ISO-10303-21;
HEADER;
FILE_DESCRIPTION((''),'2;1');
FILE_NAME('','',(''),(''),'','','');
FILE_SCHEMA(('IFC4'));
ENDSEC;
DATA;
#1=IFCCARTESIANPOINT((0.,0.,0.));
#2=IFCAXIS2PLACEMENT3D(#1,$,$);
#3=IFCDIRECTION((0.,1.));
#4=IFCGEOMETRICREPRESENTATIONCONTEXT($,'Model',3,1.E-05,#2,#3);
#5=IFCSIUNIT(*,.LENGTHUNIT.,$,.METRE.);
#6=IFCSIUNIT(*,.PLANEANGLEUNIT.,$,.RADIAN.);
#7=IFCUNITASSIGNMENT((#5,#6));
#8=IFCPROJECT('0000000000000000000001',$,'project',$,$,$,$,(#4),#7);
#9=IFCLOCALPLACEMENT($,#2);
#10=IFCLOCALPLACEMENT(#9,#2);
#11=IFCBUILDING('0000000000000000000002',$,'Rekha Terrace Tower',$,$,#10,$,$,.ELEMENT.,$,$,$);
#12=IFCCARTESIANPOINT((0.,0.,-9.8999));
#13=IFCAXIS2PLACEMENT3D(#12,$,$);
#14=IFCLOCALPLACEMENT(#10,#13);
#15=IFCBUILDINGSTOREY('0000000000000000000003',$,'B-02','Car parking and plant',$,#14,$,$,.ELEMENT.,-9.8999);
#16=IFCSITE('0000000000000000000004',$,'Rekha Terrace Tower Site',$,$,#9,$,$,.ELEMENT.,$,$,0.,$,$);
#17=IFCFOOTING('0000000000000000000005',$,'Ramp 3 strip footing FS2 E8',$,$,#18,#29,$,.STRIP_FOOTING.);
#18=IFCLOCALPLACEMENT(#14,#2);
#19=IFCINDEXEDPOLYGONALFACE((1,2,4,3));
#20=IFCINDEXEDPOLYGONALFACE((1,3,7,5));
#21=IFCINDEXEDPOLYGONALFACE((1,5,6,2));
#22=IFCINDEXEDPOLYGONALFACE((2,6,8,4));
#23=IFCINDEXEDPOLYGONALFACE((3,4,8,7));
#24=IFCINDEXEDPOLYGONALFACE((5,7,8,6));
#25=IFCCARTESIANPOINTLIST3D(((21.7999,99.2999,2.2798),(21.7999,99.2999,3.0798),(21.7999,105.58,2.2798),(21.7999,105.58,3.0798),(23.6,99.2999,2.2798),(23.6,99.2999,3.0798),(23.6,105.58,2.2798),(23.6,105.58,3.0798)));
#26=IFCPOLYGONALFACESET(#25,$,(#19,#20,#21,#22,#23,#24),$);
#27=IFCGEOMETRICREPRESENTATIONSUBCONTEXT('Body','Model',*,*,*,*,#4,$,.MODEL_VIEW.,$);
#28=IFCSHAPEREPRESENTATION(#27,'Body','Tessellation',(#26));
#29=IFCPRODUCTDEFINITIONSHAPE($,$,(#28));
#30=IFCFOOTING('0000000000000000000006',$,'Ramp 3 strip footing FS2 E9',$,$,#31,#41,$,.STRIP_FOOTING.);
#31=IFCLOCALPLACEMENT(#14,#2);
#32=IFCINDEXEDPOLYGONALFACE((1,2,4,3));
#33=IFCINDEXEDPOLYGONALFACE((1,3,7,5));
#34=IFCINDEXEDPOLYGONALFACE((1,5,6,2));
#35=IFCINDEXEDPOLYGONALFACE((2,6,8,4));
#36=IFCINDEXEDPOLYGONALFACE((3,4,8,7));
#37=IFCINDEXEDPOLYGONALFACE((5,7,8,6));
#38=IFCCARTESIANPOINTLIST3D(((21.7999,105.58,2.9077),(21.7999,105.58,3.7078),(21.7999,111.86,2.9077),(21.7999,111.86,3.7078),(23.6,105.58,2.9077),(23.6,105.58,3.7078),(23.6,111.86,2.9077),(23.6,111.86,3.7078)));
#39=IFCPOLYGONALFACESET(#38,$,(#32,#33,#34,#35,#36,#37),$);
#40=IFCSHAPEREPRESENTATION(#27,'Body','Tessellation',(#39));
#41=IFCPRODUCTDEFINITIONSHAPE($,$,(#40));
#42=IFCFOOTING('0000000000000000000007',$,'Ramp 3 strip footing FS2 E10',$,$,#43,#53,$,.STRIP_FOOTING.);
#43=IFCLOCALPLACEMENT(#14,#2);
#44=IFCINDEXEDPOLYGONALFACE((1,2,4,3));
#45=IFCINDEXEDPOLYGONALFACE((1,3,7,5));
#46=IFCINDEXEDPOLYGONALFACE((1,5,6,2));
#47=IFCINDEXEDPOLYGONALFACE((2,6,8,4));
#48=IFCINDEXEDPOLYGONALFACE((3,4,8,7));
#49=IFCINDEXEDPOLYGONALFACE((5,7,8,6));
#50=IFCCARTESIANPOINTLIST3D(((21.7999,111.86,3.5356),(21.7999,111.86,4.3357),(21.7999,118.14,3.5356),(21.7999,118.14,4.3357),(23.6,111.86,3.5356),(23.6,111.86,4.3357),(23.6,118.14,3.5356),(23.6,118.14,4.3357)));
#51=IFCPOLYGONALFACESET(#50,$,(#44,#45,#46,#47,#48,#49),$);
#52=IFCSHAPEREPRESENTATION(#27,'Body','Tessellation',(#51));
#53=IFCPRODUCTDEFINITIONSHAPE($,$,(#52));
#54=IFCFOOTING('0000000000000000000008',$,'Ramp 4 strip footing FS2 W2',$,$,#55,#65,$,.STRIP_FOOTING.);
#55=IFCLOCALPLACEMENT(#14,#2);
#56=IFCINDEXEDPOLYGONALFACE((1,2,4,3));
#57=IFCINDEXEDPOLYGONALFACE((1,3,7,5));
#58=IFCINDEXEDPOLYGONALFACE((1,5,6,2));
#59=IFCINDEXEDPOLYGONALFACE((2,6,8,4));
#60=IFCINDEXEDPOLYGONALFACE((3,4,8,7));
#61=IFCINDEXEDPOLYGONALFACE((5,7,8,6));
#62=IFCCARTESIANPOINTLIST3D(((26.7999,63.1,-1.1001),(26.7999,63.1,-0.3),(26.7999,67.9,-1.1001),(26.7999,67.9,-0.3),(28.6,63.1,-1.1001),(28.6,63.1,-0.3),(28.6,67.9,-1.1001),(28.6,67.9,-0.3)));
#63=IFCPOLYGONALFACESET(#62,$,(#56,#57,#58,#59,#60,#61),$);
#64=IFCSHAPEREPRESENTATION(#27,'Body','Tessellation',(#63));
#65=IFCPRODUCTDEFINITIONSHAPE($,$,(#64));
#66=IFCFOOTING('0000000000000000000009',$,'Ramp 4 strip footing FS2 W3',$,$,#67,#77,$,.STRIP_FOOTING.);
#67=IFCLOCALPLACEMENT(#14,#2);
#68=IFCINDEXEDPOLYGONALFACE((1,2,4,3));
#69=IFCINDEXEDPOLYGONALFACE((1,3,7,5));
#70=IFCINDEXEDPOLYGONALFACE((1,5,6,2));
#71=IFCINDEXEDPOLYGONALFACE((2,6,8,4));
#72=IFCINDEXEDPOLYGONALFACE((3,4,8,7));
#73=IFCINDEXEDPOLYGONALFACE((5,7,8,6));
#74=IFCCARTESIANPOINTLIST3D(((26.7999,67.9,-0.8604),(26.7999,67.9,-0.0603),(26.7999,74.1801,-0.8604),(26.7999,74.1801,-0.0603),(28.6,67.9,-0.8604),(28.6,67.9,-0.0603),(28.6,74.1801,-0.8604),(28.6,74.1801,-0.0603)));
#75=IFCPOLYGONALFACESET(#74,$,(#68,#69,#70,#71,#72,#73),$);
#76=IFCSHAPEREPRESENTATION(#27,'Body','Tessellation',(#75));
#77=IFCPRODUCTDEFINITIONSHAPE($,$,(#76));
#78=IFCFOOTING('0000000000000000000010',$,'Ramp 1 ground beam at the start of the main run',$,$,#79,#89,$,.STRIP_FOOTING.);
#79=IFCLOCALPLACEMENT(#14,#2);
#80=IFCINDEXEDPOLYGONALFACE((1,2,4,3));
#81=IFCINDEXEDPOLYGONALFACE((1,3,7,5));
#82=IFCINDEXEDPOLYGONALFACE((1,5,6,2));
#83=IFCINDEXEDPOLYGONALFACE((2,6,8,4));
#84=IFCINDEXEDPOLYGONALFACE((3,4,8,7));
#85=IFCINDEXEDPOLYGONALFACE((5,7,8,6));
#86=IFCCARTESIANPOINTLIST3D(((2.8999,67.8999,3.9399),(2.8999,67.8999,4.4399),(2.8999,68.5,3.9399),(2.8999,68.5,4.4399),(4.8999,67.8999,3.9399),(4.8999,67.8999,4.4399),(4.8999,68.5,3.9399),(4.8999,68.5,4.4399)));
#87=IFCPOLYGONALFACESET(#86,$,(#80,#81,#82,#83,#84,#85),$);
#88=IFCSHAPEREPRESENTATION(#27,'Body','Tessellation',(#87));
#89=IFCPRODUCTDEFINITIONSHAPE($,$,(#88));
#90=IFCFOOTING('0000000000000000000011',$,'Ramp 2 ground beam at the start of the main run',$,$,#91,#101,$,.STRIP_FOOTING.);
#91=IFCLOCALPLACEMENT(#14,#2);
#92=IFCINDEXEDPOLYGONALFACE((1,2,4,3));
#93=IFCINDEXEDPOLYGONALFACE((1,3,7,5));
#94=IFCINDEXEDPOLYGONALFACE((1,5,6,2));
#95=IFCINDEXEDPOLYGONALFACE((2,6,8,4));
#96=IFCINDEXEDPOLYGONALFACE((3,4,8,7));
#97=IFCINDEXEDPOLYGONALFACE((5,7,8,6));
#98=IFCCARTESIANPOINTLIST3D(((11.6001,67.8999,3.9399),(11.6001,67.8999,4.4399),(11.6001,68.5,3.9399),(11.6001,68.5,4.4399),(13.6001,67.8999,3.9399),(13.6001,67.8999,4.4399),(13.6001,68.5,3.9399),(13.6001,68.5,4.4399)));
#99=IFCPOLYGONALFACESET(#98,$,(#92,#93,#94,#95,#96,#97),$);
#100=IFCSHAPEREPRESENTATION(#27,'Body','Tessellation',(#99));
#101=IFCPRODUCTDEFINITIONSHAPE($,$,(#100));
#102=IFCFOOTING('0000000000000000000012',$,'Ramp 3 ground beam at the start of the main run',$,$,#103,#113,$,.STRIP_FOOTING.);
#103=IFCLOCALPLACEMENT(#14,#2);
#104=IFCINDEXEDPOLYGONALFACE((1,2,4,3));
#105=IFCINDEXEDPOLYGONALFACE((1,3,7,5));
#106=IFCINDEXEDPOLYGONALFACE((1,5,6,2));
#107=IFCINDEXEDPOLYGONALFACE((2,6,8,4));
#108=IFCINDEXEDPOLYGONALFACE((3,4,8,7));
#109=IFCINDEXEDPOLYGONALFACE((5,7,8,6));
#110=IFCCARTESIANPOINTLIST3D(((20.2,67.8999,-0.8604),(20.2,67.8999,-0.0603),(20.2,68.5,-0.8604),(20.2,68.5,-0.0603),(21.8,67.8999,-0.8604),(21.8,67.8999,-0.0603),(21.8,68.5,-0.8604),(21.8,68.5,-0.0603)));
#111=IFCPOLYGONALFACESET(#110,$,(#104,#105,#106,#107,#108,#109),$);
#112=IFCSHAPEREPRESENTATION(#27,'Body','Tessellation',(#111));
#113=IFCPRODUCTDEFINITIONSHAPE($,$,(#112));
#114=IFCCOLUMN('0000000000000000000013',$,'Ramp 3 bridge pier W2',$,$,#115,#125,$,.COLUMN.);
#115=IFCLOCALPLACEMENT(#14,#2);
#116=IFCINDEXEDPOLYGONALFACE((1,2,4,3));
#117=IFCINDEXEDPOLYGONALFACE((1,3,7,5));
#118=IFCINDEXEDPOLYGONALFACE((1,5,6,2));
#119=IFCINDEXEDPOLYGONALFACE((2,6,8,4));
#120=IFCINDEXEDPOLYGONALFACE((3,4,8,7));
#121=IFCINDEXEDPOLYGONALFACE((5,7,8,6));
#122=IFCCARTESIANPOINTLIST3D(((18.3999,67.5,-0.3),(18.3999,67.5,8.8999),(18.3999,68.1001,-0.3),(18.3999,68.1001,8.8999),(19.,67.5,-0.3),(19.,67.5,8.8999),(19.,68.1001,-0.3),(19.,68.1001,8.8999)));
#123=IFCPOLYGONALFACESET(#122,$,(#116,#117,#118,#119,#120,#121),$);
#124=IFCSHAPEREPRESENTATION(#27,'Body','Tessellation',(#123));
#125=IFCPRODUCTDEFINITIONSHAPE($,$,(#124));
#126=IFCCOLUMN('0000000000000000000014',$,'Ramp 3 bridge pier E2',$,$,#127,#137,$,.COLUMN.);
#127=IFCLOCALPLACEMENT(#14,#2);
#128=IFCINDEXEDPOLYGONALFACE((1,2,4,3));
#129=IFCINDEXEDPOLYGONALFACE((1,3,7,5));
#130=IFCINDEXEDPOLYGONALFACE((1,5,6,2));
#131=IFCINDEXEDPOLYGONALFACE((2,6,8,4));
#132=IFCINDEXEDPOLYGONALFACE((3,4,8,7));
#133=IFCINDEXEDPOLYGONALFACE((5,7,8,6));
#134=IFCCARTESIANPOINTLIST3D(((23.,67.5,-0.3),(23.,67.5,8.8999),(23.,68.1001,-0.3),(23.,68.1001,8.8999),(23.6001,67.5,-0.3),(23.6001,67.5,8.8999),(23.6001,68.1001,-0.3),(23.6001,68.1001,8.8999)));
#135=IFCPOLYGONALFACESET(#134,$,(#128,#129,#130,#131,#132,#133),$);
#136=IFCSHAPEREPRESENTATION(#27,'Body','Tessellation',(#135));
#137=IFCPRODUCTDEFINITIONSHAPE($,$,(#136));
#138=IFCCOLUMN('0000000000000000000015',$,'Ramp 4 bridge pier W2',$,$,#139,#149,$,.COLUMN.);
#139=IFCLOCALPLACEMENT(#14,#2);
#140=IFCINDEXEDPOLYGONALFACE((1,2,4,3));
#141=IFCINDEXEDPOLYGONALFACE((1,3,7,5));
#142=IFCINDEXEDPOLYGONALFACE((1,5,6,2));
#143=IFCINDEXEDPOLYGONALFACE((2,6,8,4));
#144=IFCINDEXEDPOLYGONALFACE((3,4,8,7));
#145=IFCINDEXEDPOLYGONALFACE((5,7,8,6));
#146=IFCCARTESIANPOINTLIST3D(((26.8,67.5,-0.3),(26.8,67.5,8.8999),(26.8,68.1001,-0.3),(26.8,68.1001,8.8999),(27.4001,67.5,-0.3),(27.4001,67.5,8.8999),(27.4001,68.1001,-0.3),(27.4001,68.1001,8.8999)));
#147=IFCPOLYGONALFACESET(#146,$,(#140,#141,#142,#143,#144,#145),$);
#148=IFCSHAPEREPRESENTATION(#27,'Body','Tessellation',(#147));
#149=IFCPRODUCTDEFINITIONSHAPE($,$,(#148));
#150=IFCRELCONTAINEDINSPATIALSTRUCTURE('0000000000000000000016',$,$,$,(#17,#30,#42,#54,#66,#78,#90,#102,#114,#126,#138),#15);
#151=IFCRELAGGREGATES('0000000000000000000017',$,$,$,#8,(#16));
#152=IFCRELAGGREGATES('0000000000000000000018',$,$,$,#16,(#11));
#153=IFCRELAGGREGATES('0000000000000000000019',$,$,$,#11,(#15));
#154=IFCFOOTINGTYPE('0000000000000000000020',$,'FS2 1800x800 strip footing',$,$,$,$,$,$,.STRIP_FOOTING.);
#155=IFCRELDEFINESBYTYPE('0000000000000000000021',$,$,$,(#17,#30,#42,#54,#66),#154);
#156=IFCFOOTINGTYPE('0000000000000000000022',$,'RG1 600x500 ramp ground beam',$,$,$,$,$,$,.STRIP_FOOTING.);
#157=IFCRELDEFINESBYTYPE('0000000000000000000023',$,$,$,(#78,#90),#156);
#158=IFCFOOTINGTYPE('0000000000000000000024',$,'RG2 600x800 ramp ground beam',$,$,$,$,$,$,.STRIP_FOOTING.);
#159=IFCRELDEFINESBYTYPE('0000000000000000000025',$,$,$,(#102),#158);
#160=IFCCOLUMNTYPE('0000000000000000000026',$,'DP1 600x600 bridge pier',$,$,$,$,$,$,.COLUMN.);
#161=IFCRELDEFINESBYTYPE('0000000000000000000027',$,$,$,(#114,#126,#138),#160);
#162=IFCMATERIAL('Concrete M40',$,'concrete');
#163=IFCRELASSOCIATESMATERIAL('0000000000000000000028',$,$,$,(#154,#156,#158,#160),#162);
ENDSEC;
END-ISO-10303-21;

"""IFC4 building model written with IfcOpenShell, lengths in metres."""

from ifc_helpers import new_model, si_unit, direction, frame, origin, origin_2d, place, context, subcontext, project, spatial, rectangle, extrude, material, material_profile, profile_set, type_object, element, save


model = new_model("IFC4")

# Units and contexts
model_context = context("Model", 3, precision=1e-05, world=origin(), true_north=direction((0.0, 1.0)))
body_context = subcontext(model_context, "Body", "Model", "MODEL_VIEW")
ifc_project = project(units=[si_unit("LENGTHUNIT", "METRE"), si_unit("PLANEANGLEUNIT", "RADIAN")], contexts=[model_context])

# Site, building, storey
site_placement = place(None, origin())
site = spatial("IfcSite", under=ifc_project, at=site_placement, Name="Rekha Terrace Tower Site", CompositionType="ELEMENT", RefElevation=0.0)
building_placement = place(site_placement, origin())
building = spatial("IfcBuilding", under=site, at=building_placement, Name="Rekha Terrace Tower", CompositionType="ELEMENT")
storey_placement = place(building_placement, frame((0.0, 0.0, -9.8999)))
storey = spatial("IfcBuildingStorey", under=building, at=storey_placement, Name="B-02", Description="Car parking and plant", CompositionType="ELEMENT", Elevation=-9.8999)

# Footings
ifc_material = material(Name="Concrete M40", Category="concrete")
footing_type_1 = type_object("IfcFootingType", Name="FS2 1800x800 strip footing", PredefinedType="STRIP_FOOTING", material=ifc_material)
for number, where, z_axis, x_axis, name in (
    (1, (22.7, 102.4399, 2.2798), (0.0, 0.0, 1.0), (1.0, 0.0, 0.0), "Ramp 3 strip footing FS2 E8"),
    (2, (22.7, 108.72, 2.9077), (0.0, 0.0, 1.0), (1.0, 0.0, 0.0), "Ramp 3 strip footing FS2 E9"),
    (3, (22.7, 115.0, 3.5356), (0.0, 0.0, 1.0), (1.0, 0.0, 0.0), "Ramp 3 strip footing FS2 E10"),
):
    element("IfcFooting", number, at=place(storey_placement, frame(where, z_axis=z_axis, x_axis=x_axis)), inside=storey, type_object=footing_type_1, Name=name, PredefinedType="STRIP_FOOTING", context=body_context, shape_type="SweptSolid", body=[
        extrude(rectangle(XDim=1.8, YDim=6.28, at=origin_2d()), origin(), (0.0, 0.0, 1.0), 0.8),
    ])
footing_1_placement = place(storey_placement, frame((27.7, 65.5, -1.1001), z_axis=(0.0, 0.0, 1.0), x_axis=(1.0, 0.0, 0.0)))
element("IfcFooting", 4, at=footing_1_placement, inside=storey, type_object=footing_type_1, Name="Ramp 4 strip footing FS2 W2", PredefinedType="STRIP_FOOTING", context=body_context, shape_type="SweptSolid", body=[
    extrude(rectangle(XDim=1.8, YDim=4.8, at=origin_2d()), origin(), (0.0, 0.0, 1.0), 0.8),
])
footing_2_placement = place(storey_placement, frame((27.7, 71.04, -0.8604), z_axis=(0.0, 0.0, 1.0), x_axis=(1.0, 0.0, 0.0)))
element("IfcFooting", 5, at=footing_2_placement, inside=storey, type_object=footing_type_1, Name="Ramp 4 strip footing FS2 W3", PredefinedType="STRIP_FOOTING", context=body_context, shape_type="SweptSolid", body=[
    extrude(rectangle(XDim=1.8, YDim=6.28, at=origin_2d()), origin(), (0.0, 0.0, 1.0), 0.8),
])
footing_type_2 = type_object("IfcFootingType", Name="RG1 600x500 ramp ground beam", PredefinedType="STRIP_FOOTING", material=ifc_material)
for number, where, z_axis, x_axis, name in (
    (6, (3.8999, 68.2, 3.9399), (0.0, 0.0, 1.0), (1.0, 0.0, 0.0), "Ramp 1 ground beam at the start of the main run"),
    (7, (12.6001, 68.2, 3.9399), (0.0, 0.0, 1.0), (1.0, 0.0, 0.0), "Ramp 2 ground beam at the start of the main run"),
):
    element("IfcFooting", number, at=place(storey_placement, frame(where, z_axis=z_axis, x_axis=x_axis)), inside=storey, type_object=footing_type_2, Name=name, PredefinedType="STRIP_FOOTING", context=body_context, shape_type="SweptSolid", body=[
        extrude(rectangle(XDim=2.0, YDim=0.6001, at=origin_2d()), origin(), (0.0, 0.0, 1.0), 0.5),
    ])
footing_type_3 = type_object("IfcFootingType", Name="RG2 600x800 ramp ground beam", PredefinedType="STRIP_FOOTING", material=ifc_material)
footing_3_placement = place(storey_placement, frame((21.0, 68.2, -0.8604), z_axis=(0.0, 0.0, 1.0), x_axis=(1.0, 0.0, 0.0)))
element("IfcFooting", 8, at=footing_3_placement, inside=storey, type_object=footing_type_3, Name="Ramp 3 ground beam at the start of the main run", PredefinedType="STRIP_FOOTING", context=body_context, shape_type="SweptSolid", body=[
    extrude(rectangle(XDim=1.6001, YDim=0.6001, at=origin_2d()), origin(), (0.0, 0.0, 1.0), 0.8),
])

# Columns
ifc_material_profile = material_profile(ifc_material, rectangle(XDim=0.6001, YDim=0.6001, at=origin_2d()), Name="RC 600x600")
ifc_profile_set = profile_set([ifc_material_profile], Name="Concrete M40")
column_type = type_object("IfcColumnType", Name="DP1 600x600 bridge pier", PredefinedType="COLUMN", material=ifc_profile_set)
for number, where, z_axis, x_axis, name in (
    (9, (18.7, 67.8, -0.3), (0.0, 0.0, 1.0), (1.0, 0.0, 0.0), "Ramp 3 bridge pier W2"),
    (10, (23.3, 67.8, -0.3), (0.0, 0.0, 1.0), (1.0, 0.0, 0.0), "Ramp 3 bridge pier E2"),
    (11, (27.1001, 67.8, -0.3), (0.0, 0.0, 1.0), (1.0, 0.0, 0.0), "Ramp 4 bridge pier W2"),
):
    element("IfcColumn", number, at=place(storey_placement, frame(where, z_axis=z_axis, x_axis=x_axis)), inside=storey, type_object=column_type, Name=name, PredefinedType="COLUMN", context=body_context, shape_type="SweptSolid", body=[
        extrude(rectangle(XDim=0.6001, YDim=0.6001, at=origin_2d()), origin(), (0.0, 0.0, 1.0), 9.2),
    ])

save(model, "model.ifc")
